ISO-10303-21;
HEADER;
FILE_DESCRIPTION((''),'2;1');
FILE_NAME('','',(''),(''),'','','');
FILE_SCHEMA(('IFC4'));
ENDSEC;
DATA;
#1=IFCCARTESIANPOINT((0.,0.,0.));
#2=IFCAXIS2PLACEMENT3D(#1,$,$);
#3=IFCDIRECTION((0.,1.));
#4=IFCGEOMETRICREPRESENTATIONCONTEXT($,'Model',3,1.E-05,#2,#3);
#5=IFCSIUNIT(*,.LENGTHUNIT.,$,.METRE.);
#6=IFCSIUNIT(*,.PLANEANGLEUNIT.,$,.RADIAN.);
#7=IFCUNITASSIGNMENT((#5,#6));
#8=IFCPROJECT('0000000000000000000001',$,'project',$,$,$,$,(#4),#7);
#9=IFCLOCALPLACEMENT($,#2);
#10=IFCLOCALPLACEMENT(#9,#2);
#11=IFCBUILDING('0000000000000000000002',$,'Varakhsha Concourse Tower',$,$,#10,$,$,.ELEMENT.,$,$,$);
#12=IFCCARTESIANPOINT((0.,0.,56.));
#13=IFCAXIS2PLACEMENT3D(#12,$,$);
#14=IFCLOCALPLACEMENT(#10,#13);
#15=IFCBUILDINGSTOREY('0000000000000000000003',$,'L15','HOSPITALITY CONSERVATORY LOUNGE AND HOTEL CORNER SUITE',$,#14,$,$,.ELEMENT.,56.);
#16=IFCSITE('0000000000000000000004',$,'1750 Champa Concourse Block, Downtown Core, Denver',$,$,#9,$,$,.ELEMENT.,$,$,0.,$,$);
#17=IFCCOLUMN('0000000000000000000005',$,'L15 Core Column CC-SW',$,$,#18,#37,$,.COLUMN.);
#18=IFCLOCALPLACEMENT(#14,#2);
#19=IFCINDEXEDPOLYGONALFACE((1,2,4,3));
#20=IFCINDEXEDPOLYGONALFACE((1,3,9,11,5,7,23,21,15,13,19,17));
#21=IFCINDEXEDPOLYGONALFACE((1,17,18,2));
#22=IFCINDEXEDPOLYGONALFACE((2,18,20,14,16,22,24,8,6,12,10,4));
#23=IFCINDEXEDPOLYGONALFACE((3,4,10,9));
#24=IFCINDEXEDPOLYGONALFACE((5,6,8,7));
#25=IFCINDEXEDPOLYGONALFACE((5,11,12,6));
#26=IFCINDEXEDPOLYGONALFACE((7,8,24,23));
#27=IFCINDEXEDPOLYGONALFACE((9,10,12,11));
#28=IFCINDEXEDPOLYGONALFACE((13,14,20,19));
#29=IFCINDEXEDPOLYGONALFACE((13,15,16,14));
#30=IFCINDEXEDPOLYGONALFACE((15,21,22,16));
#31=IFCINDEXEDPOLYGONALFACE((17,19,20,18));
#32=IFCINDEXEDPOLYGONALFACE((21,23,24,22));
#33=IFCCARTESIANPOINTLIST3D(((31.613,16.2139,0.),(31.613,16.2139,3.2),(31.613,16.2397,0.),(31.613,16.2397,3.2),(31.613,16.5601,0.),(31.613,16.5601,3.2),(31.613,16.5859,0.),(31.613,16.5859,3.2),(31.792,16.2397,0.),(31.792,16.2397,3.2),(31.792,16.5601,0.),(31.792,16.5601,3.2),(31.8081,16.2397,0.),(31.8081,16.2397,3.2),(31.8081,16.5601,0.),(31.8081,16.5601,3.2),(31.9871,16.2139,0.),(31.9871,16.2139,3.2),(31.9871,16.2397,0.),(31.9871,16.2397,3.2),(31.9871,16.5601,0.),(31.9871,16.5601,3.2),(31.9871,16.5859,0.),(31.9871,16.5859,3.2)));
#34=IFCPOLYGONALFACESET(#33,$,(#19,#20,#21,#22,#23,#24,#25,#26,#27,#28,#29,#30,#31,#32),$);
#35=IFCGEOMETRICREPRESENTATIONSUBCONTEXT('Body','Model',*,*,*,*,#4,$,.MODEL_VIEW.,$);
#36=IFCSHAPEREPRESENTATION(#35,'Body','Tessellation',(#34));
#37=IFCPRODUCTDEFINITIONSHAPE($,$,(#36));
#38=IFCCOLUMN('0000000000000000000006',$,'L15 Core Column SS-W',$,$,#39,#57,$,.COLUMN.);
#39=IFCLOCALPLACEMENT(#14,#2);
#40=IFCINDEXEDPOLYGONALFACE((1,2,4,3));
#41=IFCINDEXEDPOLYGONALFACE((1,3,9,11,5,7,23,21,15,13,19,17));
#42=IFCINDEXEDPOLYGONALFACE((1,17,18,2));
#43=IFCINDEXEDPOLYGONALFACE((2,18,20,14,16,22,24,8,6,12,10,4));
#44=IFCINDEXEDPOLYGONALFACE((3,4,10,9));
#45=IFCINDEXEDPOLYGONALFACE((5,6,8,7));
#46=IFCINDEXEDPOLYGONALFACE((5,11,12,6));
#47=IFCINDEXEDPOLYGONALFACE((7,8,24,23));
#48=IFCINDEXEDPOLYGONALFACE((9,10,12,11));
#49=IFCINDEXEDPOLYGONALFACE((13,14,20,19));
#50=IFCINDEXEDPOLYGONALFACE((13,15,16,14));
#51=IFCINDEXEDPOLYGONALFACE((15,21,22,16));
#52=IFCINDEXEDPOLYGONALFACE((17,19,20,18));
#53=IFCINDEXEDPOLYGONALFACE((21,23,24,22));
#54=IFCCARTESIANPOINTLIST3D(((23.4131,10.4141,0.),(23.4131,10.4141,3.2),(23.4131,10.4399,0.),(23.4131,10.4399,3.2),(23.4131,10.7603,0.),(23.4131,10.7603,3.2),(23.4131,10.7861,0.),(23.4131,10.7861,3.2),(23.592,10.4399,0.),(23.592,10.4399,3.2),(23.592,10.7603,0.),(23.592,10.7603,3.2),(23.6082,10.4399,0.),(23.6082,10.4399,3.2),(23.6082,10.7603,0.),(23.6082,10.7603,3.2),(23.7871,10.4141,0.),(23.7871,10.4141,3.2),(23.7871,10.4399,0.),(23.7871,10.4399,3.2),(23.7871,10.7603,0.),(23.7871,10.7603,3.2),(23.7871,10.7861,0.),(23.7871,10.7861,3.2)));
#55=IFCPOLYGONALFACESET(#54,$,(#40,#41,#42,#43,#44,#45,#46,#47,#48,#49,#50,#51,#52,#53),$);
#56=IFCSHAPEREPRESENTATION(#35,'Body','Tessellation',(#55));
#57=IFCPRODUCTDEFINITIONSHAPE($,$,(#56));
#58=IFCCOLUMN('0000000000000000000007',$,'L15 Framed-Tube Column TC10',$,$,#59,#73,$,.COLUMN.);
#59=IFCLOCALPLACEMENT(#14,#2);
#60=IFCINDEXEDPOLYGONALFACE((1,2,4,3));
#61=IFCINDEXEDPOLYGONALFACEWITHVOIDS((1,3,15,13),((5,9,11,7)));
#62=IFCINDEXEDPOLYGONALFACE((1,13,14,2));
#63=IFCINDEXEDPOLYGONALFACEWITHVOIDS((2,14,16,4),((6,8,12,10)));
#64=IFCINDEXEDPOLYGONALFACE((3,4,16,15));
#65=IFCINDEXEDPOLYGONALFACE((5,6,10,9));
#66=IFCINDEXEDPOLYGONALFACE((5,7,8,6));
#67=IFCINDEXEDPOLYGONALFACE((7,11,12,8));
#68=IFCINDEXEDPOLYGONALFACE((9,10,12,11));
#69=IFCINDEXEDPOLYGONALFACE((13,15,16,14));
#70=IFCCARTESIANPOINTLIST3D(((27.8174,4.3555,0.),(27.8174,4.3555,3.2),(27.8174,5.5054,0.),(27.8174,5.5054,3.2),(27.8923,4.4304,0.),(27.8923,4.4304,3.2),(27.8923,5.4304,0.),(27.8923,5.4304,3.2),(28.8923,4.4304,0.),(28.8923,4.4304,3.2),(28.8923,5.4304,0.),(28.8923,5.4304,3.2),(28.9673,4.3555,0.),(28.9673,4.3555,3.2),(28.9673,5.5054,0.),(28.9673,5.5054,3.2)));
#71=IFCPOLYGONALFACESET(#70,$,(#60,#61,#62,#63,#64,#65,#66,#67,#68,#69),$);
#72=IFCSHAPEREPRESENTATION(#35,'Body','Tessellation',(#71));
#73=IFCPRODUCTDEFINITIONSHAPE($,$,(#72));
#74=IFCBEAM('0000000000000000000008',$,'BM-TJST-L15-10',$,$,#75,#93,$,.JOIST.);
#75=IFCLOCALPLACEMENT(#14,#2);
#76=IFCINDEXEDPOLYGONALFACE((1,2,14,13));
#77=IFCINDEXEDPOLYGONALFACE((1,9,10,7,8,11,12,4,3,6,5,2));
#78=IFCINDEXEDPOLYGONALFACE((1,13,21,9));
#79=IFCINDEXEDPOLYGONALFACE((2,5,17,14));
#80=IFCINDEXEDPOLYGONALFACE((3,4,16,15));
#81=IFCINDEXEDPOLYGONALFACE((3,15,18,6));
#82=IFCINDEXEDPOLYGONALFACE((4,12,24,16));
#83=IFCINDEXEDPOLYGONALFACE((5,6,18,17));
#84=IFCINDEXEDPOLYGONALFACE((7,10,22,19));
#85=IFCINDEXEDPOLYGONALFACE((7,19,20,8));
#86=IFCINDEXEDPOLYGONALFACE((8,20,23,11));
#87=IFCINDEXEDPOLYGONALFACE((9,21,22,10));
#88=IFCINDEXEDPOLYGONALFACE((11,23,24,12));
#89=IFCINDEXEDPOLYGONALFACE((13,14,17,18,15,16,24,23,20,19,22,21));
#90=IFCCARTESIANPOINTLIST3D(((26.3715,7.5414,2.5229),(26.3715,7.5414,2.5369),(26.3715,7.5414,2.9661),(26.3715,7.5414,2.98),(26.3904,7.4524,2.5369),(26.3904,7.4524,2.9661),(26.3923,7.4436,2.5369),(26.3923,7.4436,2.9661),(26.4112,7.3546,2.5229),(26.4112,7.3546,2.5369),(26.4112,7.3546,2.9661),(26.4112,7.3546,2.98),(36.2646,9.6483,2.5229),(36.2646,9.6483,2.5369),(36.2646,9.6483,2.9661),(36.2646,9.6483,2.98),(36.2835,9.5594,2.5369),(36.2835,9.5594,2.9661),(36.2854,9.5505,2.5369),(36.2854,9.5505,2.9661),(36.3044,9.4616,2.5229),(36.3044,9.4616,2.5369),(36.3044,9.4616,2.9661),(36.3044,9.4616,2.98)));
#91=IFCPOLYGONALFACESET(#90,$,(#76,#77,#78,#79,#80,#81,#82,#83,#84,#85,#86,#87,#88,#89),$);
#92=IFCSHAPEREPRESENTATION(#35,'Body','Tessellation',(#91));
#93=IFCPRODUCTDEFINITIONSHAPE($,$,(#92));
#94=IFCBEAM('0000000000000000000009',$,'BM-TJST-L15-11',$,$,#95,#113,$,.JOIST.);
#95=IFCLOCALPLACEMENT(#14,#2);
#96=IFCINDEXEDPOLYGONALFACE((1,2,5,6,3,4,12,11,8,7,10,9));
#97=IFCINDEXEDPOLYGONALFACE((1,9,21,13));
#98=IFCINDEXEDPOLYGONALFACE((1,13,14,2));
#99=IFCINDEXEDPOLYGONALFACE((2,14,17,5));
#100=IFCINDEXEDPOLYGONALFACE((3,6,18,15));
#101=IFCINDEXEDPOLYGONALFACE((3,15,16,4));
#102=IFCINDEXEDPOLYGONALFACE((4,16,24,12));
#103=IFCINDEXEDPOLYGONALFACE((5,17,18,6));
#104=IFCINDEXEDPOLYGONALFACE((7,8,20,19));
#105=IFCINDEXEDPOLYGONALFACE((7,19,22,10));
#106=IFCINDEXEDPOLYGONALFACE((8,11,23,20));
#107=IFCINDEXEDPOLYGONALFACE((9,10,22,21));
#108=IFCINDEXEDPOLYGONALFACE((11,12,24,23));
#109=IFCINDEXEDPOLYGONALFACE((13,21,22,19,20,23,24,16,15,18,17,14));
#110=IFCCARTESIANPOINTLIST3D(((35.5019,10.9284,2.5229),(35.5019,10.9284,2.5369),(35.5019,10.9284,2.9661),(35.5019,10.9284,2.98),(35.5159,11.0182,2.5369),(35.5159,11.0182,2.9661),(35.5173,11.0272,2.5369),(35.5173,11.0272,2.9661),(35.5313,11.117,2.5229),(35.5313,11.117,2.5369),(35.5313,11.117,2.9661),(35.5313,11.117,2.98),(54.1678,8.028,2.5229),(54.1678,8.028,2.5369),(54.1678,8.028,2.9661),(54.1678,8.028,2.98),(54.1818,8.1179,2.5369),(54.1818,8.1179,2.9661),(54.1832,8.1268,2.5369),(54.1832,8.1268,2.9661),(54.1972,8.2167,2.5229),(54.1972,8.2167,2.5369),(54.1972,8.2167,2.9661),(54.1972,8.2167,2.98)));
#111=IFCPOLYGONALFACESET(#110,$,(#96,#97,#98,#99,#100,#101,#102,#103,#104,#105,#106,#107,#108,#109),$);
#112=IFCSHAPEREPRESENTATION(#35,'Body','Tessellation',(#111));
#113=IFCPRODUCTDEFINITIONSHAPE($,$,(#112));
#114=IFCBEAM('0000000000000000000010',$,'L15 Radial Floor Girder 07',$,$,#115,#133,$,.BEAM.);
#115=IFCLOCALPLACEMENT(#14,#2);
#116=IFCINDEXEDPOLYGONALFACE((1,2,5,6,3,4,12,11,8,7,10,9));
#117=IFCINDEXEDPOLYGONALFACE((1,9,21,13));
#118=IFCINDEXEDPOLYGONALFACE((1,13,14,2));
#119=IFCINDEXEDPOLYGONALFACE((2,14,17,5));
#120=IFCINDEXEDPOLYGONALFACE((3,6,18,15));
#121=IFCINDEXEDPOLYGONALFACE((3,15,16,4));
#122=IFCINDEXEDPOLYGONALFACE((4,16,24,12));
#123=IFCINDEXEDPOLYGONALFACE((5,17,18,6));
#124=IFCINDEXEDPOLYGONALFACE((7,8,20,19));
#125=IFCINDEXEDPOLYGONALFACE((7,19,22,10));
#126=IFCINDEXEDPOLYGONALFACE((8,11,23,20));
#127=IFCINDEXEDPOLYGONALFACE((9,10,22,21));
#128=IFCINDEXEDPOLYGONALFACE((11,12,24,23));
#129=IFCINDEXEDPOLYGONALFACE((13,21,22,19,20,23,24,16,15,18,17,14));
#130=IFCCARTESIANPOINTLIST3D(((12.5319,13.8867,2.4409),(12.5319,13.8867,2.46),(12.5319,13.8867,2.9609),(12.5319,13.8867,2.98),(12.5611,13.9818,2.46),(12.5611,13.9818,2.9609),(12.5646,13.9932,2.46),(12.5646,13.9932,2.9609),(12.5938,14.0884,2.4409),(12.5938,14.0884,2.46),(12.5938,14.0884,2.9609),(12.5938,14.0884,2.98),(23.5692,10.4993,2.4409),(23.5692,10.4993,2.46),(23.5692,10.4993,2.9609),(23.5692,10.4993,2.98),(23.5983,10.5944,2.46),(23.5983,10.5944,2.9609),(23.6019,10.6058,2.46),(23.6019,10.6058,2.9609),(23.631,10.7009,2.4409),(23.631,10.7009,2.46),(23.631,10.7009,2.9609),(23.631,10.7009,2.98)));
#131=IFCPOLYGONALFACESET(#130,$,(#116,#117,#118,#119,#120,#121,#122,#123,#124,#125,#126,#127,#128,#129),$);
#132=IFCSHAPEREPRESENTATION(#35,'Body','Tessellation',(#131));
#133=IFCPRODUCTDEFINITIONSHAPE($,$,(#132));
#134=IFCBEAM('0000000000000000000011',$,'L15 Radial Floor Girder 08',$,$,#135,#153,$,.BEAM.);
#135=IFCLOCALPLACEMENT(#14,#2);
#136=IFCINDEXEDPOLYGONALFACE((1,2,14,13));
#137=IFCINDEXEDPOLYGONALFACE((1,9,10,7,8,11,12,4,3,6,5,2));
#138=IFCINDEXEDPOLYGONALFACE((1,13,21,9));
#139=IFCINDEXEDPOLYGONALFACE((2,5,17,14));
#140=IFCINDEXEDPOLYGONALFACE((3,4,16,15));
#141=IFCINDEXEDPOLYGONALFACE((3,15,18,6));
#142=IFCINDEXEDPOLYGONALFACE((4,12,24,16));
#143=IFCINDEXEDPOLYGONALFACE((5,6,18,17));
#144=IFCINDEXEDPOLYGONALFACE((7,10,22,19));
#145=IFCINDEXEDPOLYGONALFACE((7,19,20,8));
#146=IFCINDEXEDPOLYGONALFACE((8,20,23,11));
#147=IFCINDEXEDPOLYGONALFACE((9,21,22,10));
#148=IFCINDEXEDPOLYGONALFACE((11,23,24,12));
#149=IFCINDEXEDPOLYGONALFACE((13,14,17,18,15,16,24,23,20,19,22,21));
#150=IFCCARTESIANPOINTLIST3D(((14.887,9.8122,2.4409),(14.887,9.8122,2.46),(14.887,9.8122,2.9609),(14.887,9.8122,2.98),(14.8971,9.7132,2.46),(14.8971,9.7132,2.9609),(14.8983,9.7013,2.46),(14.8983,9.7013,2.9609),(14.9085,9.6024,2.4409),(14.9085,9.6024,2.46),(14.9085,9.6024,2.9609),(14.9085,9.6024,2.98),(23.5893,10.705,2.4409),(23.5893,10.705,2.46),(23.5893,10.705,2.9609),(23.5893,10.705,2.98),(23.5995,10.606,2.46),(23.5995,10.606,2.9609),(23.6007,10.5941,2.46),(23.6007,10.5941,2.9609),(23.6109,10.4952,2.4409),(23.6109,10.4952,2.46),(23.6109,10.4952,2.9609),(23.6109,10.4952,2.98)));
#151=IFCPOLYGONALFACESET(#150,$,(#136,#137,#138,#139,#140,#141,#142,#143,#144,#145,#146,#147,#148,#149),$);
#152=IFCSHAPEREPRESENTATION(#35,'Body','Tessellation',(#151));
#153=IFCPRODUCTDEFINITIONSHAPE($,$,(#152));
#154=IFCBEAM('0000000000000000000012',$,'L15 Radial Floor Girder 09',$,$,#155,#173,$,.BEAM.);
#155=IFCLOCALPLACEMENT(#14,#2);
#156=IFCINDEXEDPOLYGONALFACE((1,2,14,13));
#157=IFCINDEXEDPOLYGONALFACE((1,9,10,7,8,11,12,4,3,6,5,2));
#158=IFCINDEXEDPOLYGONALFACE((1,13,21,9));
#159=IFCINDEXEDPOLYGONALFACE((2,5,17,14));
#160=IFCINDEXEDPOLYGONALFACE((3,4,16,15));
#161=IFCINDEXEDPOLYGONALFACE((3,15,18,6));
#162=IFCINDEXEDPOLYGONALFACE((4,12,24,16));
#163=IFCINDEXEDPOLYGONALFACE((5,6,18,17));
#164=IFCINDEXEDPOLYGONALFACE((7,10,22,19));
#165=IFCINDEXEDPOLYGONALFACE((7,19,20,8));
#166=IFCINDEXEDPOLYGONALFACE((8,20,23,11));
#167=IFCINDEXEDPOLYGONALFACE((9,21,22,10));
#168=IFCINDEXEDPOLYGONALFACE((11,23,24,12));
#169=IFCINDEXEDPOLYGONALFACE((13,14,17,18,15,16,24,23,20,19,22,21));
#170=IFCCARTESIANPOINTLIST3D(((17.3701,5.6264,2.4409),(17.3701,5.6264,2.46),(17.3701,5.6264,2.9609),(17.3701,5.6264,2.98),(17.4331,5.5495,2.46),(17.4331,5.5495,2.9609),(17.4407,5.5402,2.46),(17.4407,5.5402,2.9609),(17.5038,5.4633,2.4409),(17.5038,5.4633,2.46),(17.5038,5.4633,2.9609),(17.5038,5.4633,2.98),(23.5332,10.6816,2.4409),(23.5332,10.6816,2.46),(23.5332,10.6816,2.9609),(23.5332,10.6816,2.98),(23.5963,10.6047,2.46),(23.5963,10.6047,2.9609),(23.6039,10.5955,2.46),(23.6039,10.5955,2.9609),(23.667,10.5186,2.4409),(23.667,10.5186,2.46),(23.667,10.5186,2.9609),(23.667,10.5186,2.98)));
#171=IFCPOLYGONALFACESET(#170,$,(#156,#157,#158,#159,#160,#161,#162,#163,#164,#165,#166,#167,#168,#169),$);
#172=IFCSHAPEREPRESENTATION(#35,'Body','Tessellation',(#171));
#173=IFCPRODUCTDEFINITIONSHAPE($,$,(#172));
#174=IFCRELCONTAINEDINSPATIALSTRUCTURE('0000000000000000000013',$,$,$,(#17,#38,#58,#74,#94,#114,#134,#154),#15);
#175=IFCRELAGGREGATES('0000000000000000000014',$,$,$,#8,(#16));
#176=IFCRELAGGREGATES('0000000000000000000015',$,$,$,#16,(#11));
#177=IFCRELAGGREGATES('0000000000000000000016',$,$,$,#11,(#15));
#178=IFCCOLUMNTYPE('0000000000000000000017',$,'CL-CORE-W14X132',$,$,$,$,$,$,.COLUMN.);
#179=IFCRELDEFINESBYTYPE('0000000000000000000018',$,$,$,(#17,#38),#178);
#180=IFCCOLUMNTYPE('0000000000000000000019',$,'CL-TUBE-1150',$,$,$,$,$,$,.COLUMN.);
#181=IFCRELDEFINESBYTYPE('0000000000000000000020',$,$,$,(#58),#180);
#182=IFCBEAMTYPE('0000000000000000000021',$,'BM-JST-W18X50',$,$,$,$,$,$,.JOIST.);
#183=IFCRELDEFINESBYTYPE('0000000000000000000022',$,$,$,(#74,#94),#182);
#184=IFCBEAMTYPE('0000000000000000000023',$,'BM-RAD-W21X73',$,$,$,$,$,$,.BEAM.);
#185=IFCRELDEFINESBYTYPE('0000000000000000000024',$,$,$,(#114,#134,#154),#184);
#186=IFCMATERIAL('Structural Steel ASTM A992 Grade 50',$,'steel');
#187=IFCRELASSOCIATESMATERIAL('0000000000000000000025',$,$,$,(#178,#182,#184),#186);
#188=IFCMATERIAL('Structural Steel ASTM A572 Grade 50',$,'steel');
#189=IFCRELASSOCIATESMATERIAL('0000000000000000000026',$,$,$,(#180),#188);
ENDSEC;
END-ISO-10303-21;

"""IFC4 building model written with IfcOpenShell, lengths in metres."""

from ifc_helpers import new_model, si_unit, direction, frame, origin, origin_2d, place, context, subcontext, project, spatial, hollow_rectangle, i_section, extrude, material, material_profile, profile_set, type_object, element, save


model = new_model("IFC4")

# Units and contexts
model_context = context("Model", 3, precision=1e-05, world=origin(), true_north=direction((0.0, 1.0)))
body_context = subcontext(model_context, "Body", "Model", "MODEL_VIEW")
ifc_project = project(units=[si_unit("LENGTHUNIT", "METRE"), si_unit("PLANEANGLEUNIT", "RADIAN")], contexts=[model_context])

# Site, building, storey
site_placement = place(None, origin())
site = spatial("IfcSite", under=ifc_project, at=site_placement, Name="1750 Champa Concourse Block, Downtown Core, Denver", CompositionType="ELEMENT", RefElevation=0.0)
building_placement = place(site_placement, origin())
building = spatial("IfcBuilding", under=site, at=building_placement, Name="Varakhsha Concourse Tower", CompositionType="ELEMENT")
storey_placement = place(building_placement, frame((0.0, 0.0, 56.0)))
storey = spatial("IfcBuildingStorey", under=building, at=storey_placement, Name="L15", Description="HOSPITALITY CONSERVATORY LOUNGE AND HOTEL CORNER SUITE", CompositionType="ELEMENT", Elevation=56.0)

# Columns
ifc_material_1 = material(Name="Structural Steel ASTM A992 Grade 50", Category="steel")
ifc_material_profile_1 = material_profile(ifc_material_1, i_section(OverallWidth=0.374, OverallDepth=0.3721, WebThickness=0.0161, FlangeThickness=0.0259, at=origin_2d()), Name="W14X132")
ifc_profile_set_1 = profile_set([ifc_material_profile_1], Name="Structural Steel ASTM A992 Grade 50")
column_type_1 = type_object("IfcColumnType", Name="CL-CORE-W14X132", PredefinedType="COLUMN", material=ifc_profile_set_1)
for number, where, z_axis, x_axis, name in (
    (1, (31.8, 16.3999, 0.0), (0.0, 0.0, 1.0), (1.0, 0.0, 0.0), "L15 Core Column CC-SW"),
    (2, (23.6001, 10.6001, 0.0), (0.0, 0.0, 1.0), (1.0, 0.0, 0.0), "L15 Core Column SS-W"),
):
    element("IfcColumn", number, at=place(storey_placement, frame(where, z_axis=z_axis, x_axis=x_axis)), inside=storey, type_object=column_type_1, Name=name, PredefinedType="COLUMN", context=body_context, shape_type="SweptSolid", body=[
        extrude(i_section(OverallWidth=0.374, OverallDepth=0.3721, WebThickness=0.0161, FlangeThickness=0.0259, at=origin_2d()), origin(), (0.0, 0.0, 1.0), 3.2),
    ])
ifc_material_2 = material(Name="Structural Steel ASTM A572 Grade 50", Category="steel")
ifc_material_profile_2 = material_profile(ifc_material_2, hollow_rectangle(XDim=1.1499, YDim=1.1499, WallThickness=0.075, at=origin_2d()), Name="BOX 1150x1150x75")
ifc_profile_set_2 = profile_set([ifc_material_profile_2], Name="Structural Steel ASTM A572 Grade 50")
column_type_2 = type_object("IfcColumnType", Name="CL-TUBE-1150", PredefinedType="COLUMN", material=ifc_profile_set_2)
column_placement = place(storey_placement, frame((28.3923, 4.9304, 0.0), z_axis=(0.0, 0.0, 1.0), x_axis=(1.0, 0.0, 0.0)))
element("IfcColumn", 3, at=column_placement, inside=storey, type_object=column_type_2, Name="L15 Framed-Tube Column TC10", PredefinedType="COLUMN", context=body_context, shape_type="SweptSolid", body=[
    extrude(hollow_rectangle(XDim=1.1499, YDim=1.1499, WallThickness=0.075, at=origin_2d()), origin(), (0.0, 0.0, 1.0), 3.2),
])

# Beams
ifc_material_profile_3 = material_profile(ifc_material_1, i_section(OverallWidth=0.1909, OverallDepth=0.457, WebThickness=0.009, FlangeThickness=0.0139, at=origin_2d()), Name="W18X50")
ifc_profile_set_3 = profile_set([ifc_material_profile_3], Name="Structural Steel ASTM A992 Grade 50")
beam_type_1 = type_object("IfcBeamType", Name="BM-JST-W18X50", PredefinedType="JOIST", material=ifc_profile_set_3)
beam_1_placement = place(storey_placement, frame((26.3914, 7.448, 2.7515), z_axis=(0.978065, 0.208299, 0.0), x_axis=(-0.208299, 0.978065, 0.0)))
element("IfcBeam", 4, at=beam_1_placement, inside=storey, type_object=beam_type_1, Name="BM-TJST-L15-10", PredefinedType="JOIST", context=body_context, shape_type="SweptSolid", body=[
    extrude(i_section(OverallWidth=0.1909, OverallDepth=0.457, WebThickness=0.009, FlangeThickness=0.0139, at=origin_2d()), origin(), (0.0, 0.0, 1.0), 10.115),
])
beam_2_placement = place(storey_placement, frame((35.5166, 11.0227, 2.7515), z_axis=(0.988142, -0.153541, 0.0), x_axis=(0.153541, 0.988142, 0.0)))
element("IfcBeam", 5, at=beam_2_placement, inside=storey, type_object=beam_type_1, Name="BM-TJST-L15-11", PredefinedType="JOIST", context=body_context, shape_type="SweptSolid", body=[
    extrude(i_section(OverallWidth=0.1909, OverallDepth=0.457, WebThickness=0.009, FlangeThickness=0.0139, at=origin_2d()), origin(), (0.0, 0.0, 1.0), 18.8899),
])
ifc_material_profile_4 = material_profile(ifc_material_1, i_section(OverallWidth=0.2109, OverallDepth=0.5391, WebThickness=0.012, FlangeThickness=0.019, at=origin_2d()), Name="W21X73")
ifc_profile_set_4 = profile_set([ifc_material_profile_4], Name="Structural Steel ASTM A992 Grade 50")
beam_type_2 = type_object("IfcBeamType", Name="BM-RAD-W21X73", PredefinedType="BEAM", material=ifc_profile_set_4)
beam_3_placement = place(storey_placement, frame((23.6001, 10.6001, 2.7104), z_axis=(-0.95599, 0.293401, 0.0), x_axis=(-0.293401, -0.95599, 0.0)))
element("IfcBeam", 6, at=beam_3_placement, inside=storey, type_object=beam_type_2, Name="L15 Radial Floor Girder 07", PredefinedType="BEAM", context=body_context, shape_type="SweptSolid", body=[
    extrude(i_section(OverallWidth=0.2109, OverallDepth=0.5391, WebThickness=0.012, FlangeThickness=0.019, at=origin_2d()), origin(), (0.0, 0.0, 1.0), 11.5454),
])
beam_4_placement = place(storey_placement, frame((23.6001, 10.6001, 2.7104), z_axis=(-0.994778, -0.102059, 0.0), x_axis=(0.102059, -0.994778, 0.0)))
element("IfcBeam", 7, at=beam_4_placement, inside=storey, type_object=beam_type_2, Name="L15 Radial Floor Girder 08", PredefinedType="BEAM", context=body_context, shape_type="SweptSolid", body=[
    extrude(i_section(OverallWidth=0.2109, OverallDepth=0.5391, WebThickness=0.012, FlangeThickness=0.019, at=origin_2d()), origin(), (0.0, 0.0, 1.0), 8.748),
])
beam_5_placement = place(storey_placement, frame((23.6001, 10.6001, 2.7104), z_axis=(-0.773179, -0.634188, 0.0), x_axis=(0.634188, -0.773179, 0.0)))
element("IfcBeam", 8, at=beam_5_placement, inside=storey, type_object=beam_type_2, Name="L15 Radial Floor Girder 09", PredefinedType="BEAM", context=body_context, shape_type="SweptSolid", body=[
    extrude(i_section(OverallWidth=0.2109, OverallDepth=0.5391, WebThickness=0.012, FlangeThickness=0.019, at=origin_2d()), origin(), (0.0, 0.0, 1.0), 7.9712),
])

save(model, "model.ifc")
